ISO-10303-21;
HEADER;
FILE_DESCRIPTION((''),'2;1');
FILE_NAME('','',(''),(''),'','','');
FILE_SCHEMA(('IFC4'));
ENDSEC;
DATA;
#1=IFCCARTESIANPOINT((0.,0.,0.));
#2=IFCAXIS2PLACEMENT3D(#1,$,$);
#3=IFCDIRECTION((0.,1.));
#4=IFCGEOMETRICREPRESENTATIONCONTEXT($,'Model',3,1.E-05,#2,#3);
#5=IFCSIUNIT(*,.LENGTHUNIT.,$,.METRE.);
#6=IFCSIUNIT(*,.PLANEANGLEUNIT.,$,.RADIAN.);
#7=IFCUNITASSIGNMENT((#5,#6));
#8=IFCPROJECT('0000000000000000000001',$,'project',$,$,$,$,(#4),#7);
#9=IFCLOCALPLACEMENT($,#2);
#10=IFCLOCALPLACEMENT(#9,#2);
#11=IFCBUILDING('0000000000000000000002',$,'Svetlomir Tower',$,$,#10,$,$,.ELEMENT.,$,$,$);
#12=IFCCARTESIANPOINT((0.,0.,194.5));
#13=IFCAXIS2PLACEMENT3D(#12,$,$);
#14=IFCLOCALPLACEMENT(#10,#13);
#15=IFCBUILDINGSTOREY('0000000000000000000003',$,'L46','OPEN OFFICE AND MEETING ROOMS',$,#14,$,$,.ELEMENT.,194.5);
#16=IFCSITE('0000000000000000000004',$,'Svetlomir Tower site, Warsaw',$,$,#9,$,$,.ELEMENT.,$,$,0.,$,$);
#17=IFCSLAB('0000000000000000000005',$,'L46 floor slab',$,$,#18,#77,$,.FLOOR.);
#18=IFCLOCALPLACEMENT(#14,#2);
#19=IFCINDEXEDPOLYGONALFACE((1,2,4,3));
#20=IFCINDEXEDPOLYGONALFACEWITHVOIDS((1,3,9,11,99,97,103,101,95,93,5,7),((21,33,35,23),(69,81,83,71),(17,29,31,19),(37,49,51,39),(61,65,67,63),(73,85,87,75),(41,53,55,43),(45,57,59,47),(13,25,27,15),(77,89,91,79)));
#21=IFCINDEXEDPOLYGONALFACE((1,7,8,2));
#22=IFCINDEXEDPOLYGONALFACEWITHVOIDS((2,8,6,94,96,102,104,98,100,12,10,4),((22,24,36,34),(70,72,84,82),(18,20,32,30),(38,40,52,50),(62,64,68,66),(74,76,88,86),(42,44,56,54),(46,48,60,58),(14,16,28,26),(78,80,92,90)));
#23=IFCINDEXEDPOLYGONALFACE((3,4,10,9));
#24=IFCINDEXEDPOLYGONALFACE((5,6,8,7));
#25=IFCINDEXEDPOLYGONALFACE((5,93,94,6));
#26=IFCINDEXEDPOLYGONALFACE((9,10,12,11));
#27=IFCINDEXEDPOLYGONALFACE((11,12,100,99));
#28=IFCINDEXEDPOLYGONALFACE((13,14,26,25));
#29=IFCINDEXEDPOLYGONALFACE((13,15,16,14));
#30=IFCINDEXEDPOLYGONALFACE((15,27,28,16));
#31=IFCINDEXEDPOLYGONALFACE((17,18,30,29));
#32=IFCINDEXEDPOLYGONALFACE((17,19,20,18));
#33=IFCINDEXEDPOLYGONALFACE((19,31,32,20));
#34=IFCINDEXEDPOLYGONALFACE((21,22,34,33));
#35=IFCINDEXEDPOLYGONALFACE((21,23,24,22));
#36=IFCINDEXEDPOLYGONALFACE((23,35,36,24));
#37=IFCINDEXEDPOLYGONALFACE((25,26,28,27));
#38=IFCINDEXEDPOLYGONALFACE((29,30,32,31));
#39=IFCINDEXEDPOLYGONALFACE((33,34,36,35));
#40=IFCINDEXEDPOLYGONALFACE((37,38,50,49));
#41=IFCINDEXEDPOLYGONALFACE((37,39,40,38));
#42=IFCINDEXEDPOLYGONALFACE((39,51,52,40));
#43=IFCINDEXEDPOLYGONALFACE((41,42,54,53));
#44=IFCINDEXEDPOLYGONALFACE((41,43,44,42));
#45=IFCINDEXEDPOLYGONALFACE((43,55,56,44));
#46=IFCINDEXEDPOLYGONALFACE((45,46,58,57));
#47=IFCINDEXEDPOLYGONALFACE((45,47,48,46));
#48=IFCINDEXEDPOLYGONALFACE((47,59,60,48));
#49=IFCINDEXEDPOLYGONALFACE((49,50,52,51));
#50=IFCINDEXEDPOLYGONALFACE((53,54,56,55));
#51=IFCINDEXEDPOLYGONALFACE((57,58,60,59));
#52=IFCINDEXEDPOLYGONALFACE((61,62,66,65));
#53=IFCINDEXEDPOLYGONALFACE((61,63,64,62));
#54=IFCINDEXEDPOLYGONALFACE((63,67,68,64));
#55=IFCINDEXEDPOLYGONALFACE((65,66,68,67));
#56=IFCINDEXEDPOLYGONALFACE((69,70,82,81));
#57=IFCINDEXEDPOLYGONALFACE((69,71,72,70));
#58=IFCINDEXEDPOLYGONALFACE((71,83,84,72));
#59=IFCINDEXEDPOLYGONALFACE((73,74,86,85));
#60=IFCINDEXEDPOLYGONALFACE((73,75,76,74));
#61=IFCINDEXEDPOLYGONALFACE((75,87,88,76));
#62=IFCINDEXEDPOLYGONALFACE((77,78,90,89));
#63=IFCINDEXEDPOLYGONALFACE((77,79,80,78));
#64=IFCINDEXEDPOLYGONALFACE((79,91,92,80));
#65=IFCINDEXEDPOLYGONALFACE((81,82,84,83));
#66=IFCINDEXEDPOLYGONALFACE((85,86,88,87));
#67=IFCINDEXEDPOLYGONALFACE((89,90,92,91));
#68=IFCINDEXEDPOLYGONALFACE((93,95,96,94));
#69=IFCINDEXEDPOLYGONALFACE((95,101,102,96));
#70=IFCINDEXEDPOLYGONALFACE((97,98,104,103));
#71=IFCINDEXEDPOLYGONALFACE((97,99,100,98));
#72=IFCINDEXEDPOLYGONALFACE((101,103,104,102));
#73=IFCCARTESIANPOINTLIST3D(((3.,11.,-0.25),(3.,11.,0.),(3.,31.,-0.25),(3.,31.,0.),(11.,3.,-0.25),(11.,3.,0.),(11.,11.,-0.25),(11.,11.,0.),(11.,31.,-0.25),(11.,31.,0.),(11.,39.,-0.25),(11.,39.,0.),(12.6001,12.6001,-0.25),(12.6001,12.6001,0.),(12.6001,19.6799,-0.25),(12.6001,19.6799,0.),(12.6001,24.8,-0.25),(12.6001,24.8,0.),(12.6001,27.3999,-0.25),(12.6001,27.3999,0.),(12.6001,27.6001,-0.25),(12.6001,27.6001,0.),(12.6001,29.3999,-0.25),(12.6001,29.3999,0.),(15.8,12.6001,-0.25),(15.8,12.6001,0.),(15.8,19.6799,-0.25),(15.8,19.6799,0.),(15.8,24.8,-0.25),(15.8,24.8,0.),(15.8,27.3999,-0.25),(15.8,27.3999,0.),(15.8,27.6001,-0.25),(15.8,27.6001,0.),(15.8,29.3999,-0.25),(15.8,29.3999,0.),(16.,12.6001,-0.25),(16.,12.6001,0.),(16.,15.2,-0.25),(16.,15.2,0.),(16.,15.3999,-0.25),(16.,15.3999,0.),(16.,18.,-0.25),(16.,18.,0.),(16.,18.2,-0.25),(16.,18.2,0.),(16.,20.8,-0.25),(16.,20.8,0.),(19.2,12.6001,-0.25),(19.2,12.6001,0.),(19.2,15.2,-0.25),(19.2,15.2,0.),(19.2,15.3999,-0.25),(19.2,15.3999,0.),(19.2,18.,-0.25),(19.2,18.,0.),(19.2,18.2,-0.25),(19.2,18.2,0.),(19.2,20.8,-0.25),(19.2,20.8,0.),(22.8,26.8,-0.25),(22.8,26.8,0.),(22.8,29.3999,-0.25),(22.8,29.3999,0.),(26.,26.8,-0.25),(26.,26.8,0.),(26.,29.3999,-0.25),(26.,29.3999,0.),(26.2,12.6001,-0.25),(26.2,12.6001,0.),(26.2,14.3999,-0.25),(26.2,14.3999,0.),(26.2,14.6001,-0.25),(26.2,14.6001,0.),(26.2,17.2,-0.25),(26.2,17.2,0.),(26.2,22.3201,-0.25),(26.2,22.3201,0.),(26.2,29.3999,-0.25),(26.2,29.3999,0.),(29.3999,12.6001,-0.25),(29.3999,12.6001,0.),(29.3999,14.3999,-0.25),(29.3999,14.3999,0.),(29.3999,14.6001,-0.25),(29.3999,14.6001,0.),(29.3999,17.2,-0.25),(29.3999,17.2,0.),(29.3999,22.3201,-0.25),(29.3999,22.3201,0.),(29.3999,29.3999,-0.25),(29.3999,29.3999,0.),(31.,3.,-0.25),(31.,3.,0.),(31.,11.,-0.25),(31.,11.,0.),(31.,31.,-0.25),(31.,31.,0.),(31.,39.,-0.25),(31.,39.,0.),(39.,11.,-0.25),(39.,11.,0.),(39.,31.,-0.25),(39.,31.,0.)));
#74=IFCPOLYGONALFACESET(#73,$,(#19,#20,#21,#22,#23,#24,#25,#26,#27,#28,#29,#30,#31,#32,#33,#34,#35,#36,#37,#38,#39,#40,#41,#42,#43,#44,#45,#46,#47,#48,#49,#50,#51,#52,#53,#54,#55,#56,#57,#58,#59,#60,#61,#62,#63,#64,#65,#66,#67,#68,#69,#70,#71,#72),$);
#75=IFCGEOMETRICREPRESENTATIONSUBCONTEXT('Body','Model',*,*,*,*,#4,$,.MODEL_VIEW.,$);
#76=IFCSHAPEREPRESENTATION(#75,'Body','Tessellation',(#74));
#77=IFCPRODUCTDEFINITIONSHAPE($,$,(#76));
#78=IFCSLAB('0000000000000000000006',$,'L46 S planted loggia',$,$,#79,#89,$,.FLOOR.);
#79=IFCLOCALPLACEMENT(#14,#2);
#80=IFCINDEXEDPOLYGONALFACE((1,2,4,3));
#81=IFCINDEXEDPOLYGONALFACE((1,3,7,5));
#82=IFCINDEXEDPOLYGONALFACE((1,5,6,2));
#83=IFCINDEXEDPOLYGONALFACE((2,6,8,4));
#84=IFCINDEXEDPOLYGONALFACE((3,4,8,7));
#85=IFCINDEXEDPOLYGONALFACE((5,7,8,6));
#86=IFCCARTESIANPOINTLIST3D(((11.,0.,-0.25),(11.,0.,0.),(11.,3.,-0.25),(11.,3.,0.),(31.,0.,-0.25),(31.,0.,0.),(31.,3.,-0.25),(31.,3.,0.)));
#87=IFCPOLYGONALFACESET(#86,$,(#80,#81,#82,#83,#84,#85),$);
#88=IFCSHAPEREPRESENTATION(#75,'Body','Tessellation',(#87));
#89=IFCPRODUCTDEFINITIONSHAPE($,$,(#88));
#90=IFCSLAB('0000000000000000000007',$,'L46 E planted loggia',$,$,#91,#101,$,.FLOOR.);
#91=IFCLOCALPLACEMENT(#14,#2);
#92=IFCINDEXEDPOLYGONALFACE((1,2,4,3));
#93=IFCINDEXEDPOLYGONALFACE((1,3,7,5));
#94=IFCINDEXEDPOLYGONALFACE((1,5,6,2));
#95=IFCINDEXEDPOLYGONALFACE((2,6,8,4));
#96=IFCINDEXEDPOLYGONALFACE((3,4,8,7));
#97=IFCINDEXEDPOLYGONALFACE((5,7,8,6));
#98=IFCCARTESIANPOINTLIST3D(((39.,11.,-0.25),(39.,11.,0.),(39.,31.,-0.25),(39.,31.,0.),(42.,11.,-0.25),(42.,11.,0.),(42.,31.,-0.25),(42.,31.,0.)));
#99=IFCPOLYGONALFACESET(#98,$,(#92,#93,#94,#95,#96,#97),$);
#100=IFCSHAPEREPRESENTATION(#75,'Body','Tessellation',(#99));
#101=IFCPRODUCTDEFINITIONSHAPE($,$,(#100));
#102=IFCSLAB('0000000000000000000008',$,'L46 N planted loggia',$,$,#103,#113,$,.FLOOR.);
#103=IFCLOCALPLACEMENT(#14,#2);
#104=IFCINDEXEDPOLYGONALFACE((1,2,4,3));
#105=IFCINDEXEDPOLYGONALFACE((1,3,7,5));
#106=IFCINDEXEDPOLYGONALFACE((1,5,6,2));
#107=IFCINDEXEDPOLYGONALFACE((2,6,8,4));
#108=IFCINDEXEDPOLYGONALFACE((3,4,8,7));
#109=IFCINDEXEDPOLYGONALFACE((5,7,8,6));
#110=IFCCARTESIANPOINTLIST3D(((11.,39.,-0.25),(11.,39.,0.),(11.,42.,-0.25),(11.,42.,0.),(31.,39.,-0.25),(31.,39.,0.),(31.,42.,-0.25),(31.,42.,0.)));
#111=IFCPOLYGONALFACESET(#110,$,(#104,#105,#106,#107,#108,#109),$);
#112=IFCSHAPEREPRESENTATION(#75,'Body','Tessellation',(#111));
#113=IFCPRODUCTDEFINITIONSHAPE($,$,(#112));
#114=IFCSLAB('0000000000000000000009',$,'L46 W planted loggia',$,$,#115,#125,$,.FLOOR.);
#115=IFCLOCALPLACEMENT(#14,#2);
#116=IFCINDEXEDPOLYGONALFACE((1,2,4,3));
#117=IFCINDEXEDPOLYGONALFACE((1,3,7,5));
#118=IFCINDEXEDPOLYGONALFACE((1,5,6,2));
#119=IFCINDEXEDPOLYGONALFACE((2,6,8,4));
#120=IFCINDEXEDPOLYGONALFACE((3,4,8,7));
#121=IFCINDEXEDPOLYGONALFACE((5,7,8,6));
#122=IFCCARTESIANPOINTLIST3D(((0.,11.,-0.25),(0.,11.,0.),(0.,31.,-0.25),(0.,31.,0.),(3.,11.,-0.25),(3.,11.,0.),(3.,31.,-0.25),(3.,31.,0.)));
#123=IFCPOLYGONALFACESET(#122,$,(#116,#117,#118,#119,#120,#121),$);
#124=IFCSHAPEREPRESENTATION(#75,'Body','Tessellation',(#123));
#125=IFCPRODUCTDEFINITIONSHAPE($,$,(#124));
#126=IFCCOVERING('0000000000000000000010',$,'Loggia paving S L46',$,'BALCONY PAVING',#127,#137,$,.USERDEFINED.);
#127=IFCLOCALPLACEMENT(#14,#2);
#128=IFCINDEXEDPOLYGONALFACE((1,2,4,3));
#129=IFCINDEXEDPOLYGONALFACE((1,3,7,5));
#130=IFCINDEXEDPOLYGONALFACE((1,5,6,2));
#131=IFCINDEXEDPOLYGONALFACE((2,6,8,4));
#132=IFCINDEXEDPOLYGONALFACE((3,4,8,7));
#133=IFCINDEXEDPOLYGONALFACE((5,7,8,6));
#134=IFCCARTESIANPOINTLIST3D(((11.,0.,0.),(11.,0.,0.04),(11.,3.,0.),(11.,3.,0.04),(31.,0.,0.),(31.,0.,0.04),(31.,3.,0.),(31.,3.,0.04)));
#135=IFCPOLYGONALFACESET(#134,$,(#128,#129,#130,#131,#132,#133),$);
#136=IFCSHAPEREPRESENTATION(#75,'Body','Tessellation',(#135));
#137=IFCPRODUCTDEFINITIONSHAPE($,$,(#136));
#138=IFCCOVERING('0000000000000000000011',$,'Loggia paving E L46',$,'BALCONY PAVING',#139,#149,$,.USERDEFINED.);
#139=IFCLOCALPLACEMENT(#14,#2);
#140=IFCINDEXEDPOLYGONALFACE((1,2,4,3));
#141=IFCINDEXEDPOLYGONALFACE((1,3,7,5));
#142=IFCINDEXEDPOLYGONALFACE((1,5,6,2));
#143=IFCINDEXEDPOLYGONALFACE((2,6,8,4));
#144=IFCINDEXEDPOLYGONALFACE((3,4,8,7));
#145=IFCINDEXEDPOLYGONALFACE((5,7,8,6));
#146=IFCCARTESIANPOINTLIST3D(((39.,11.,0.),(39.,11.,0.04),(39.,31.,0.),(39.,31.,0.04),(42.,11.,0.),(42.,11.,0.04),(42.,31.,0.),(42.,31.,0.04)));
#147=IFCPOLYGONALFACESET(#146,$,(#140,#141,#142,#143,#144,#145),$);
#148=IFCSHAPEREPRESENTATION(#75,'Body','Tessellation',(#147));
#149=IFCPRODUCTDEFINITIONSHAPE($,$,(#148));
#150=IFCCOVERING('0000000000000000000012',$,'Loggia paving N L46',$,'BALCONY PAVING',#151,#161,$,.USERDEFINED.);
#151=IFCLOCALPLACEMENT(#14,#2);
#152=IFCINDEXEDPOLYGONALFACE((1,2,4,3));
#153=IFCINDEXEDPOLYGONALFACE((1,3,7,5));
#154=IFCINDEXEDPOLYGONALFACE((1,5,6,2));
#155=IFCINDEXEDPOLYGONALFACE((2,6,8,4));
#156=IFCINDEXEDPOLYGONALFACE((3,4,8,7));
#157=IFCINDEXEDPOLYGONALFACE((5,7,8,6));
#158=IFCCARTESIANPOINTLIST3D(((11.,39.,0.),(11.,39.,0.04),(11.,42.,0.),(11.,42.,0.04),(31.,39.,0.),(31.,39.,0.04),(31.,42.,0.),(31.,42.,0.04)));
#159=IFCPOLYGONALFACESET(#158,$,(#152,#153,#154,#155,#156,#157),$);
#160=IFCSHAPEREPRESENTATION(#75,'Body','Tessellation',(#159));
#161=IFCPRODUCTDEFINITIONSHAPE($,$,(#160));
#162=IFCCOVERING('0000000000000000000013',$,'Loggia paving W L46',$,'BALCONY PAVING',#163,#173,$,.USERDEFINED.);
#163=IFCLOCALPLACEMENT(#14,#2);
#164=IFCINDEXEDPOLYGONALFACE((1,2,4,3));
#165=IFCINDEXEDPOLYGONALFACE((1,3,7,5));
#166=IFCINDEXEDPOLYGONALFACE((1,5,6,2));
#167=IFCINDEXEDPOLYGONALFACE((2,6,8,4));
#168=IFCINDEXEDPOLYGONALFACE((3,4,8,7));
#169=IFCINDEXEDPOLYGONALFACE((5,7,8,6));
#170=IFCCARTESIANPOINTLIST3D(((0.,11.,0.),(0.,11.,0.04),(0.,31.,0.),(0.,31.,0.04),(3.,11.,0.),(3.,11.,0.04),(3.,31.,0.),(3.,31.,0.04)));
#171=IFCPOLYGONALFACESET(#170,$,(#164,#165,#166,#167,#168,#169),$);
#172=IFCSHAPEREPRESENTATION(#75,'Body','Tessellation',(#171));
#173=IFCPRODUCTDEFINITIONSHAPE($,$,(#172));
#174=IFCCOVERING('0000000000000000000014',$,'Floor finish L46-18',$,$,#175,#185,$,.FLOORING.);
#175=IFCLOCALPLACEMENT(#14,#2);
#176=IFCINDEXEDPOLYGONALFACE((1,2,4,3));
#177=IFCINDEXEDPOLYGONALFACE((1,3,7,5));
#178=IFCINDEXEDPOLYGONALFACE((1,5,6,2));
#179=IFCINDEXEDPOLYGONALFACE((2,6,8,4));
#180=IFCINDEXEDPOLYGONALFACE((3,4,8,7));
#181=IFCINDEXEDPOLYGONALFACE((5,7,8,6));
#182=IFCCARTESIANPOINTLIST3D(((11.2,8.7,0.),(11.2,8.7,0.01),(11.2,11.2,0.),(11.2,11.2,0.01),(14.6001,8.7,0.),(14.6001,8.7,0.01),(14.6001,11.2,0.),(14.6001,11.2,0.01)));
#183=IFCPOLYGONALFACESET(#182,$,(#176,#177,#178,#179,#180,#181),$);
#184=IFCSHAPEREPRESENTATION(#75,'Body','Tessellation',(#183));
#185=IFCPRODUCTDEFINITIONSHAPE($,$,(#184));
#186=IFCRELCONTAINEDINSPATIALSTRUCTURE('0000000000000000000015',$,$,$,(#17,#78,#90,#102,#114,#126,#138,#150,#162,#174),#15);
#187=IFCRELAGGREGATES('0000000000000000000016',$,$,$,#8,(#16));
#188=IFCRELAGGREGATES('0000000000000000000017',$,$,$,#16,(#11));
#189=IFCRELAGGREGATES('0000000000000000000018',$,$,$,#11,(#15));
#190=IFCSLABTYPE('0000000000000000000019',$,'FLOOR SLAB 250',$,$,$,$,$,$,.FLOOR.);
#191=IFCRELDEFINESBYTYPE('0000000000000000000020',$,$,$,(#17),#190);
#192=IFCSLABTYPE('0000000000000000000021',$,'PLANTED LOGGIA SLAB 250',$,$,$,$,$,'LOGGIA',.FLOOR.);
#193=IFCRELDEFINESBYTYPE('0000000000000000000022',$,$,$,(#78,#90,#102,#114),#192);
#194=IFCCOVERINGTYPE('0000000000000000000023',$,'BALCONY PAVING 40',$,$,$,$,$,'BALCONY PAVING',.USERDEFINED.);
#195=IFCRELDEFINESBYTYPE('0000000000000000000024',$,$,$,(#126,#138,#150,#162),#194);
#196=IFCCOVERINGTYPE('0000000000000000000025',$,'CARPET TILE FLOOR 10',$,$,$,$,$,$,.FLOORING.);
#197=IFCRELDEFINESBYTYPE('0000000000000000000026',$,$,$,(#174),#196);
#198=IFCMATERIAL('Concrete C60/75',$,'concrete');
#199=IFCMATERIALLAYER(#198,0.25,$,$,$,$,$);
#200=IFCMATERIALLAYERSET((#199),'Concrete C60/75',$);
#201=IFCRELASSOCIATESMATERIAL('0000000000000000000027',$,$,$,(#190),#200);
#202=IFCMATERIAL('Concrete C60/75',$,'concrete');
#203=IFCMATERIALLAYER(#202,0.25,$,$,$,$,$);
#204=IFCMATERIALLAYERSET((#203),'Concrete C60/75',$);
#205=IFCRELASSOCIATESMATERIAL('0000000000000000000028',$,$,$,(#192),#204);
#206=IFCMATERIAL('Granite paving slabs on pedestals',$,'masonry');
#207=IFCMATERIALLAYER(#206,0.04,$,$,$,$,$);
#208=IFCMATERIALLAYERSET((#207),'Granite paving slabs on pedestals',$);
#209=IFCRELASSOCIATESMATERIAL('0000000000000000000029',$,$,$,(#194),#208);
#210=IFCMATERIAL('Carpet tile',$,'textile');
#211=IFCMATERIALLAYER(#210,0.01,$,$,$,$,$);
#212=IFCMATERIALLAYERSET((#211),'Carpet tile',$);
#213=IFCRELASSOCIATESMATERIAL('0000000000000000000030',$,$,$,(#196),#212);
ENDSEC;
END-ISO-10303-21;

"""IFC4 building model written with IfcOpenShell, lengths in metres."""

from ifc_helpers import new_model, si_unit, direction, frame, origin, place, context, subcontext, project, spatial, polyline, outline, extrude, material, layer, layer_set, type_object, element, save


model = new_model("IFC4")

# Units and contexts
model_context = context("Model", 3, precision=1e-05, world=origin(), true_north=direction((0.0, 1.0)))
body_context = subcontext(model_context, "Body", "Model", "MODEL_VIEW")
ifc_project = project(units=[si_unit("LENGTHUNIT", "METRE"), si_unit("PLANEANGLEUNIT", "RADIAN")], contexts=[model_context])

# Site, building, storey
site_placement = place(None, origin())
site = spatial("IfcSite", under=ifc_project, at=site_placement, Name="Svetlomir Tower site, Warsaw", CompositionType="ELEMENT", RefElevation=0.0)
building_placement = place(site_placement, origin())
building = spatial("IfcBuilding", under=site, at=building_placement, Name="Svetlomir Tower", CompositionType="ELEMENT")
storey_placement = place(building_placement, frame((0.0, 0.0, 194.5)))
storey = spatial("IfcBuildingStorey", under=building, at=storey_placement, Name="L46", Description="OPEN OFFICE AND MEETING ROOMS", CompositionType="ELEMENT", Elevation=194.5)

# Slabs
ifc_material_1 = material(Name="Concrete C60/75", Category="concrete")
ifc_layer_1 = layer(ifc_material_1, 0.25)
ifc_layer_set_1 = layer_set([ifc_layer_1], Name="Concrete C60/75")
slab_type_1 = type_object("IfcSlabType", Name="FLOOR SLAB 250", PredefinedType="FLOOR", material=ifc_layer_set_1)
slab_1_placement = place(storey_placement, frame((0.0, 0.0, -0.25)))
element("IfcSlab", 1, at=slab_1_placement, inside=storey, type_object=slab_type_1, Name="L46 floor slab", PredefinedType="FLOOR", context=body_context, shape_type="SweptSolid", body=[
    extrude(outline(polyline([(11.0, 3.0), (31.0, 3.0), (31.0, 11.0), (39.0, 11.0), (39.0, 31.0), (31.0, 31.0), (31.0, 39.0), (11.0, 39.0), (11.0, 31.0), (3.0, 31.0), (3.0, 11.0), (11.0, 11.0), (11.0, 3.0)]), holes=[polyline([(12.6001, 24.8), (15.8, 24.8), (15.8, 27.3999), (12.6001, 27.3999), (12.6001, 24.8)]), polyline([(26.2, 14.6001), (29.3999, 14.6001), (29.3999, 17.2), (26.2, 17.2), (26.2, 14.6001)]), polyline([(16.0, 12.6001), (19.2, 12.6001), (19.2, 15.2), (16.0, 15.2), (16.0, 12.6001)]), polyline([(16.0, 15.3999), (19.2, 15.3999), (19.2, 18.0), (16.0, 18.0), (16.0, 15.3999)]), polyline([(16.0, 18.2), (19.2, 18.2), (19.2, 20.8), (16.0, 20.8), (16.0, 18.2)]), polyline([(22.8, 26.8), (26.0, 26.8), (26.0, 29.3999), (22.8, 29.3999), (22.8, 26.8)]), polyline([(12.6001, 27.6001), (15.8, 27.6001), (15.8, 29.3999), (12.6001, 29.3999), (12.6001, 27.6001)]), polyline([(26.2, 12.6001), (29.3999, 12.6001), (29.3999, 14.3999), (26.2, 14.3999), (26.2, 12.6001)]), polyline([(12.6001, 12.6001), (15.8, 12.6001), (15.8, 19.6799), (12.6001, 19.6799), (12.6001, 12.6001)]), polyline([(26.2, 22.3201), (29.3999, 22.3201), (29.3999, 29.3999), (26.2, 29.3999), (26.2, 22.3201)])]), origin(), (0.0, 0.0, 1.0), 0.25),
])
ifc_material_2 = material(Name="Concrete C60/75", Category="concrete")
ifc_layer_2 = layer(ifc_material_2, 0.25)
ifc_layer_set_2 = layer_set([ifc_layer_2], Name="Concrete C60/75")
slab_type_2 = type_object("IfcSlabType", Name="PLANTED LOGGIA SLAB 250", ElementType="LOGGIA", PredefinedType="FLOOR", material=ifc_layer_set_2)
slab_2_placement = place(storey_placement, frame((0.0, 0.0, -0.25)))
element("IfcSlab", 2, at=slab_2_placement, inside=storey, type_object=slab_type_2, Name="L46 S planted loggia", PredefinedType="FLOOR", context=body_context, shape_type="SweptSolid", body=[
    extrude(outline(polyline([(11.0, 0.0), (31.0, 0.0), (31.0, 3.0), (11.0, 3.0), (11.0, 0.0)])), origin(), (0.0, 0.0, 1.0), 0.25),
])
slab_3_placement = place(storey_placement, frame((0.0, 0.0, -0.25)))
element("IfcSlab", 3, at=slab_3_placement, inside=storey, type_object=slab_type_2, Name="L46 E planted loggia", PredefinedType="FLOOR", context=body_context, shape_type="SweptSolid", body=[
    extrude(outline(polyline([(39.0, 11.0), (42.0, 11.0), (42.0, 31.0), (39.0, 31.0), (39.0, 11.0)])), origin(), (0.0, 0.0, 1.0), 0.25),
])
slab_4_placement = place(storey_placement, frame((0.0, 0.0, -0.25)))
element("IfcSlab", 4, at=slab_4_placement, inside=storey, type_object=slab_type_2, Name="L46 N planted loggia", PredefinedType="FLOOR", context=body_context, shape_type="SweptSolid", body=[
    extrude(outline(polyline([(11.0, 39.0), (31.0, 39.0), (31.0, 42.0), (11.0, 42.0), (11.0, 39.0)])), origin(), (0.0, 0.0, 1.0), 0.25),
])
slab_5_placement = place(storey_placement, frame((0.0, 0.0, -0.25)))
element("IfcSlab", 5, at=slab_5_placement, inside=storey, type_object=slab_type_2, Name="L46 W planted loggia", PredefinedType="FLOOR", context=body_context, shape_type="SweptSolid", body=[
    extrude(outline(polyline([(0.0, 11.0), (3.0, 11.0), (3.0, 31.0), (0.0, 31.0), (0.0, 11.0)])), origin(), (0.0, 0.0, 1.0), 0.25),
])

# Coverings
ifc_material_3 = material(Name="Granite paving slabs on pedestals", Category="masonry")
ifc_layer_3 = layer(ifc_material_3, 0.04)
ifc_layer_set_3 = layer_set([ifc_layer_3], Name="Granite paving slabs on pedestals")
covering_type_1 = type_object("IfcCoveringType", Name="BALCONY PAVING 40", ElementType="BALCONY PAVING", PredefinedType="USERDEFINED", material=ifc_layer_set_3)
covering_1_placement = place(storey_placement, origin())
element("IfcCovering", 6, at=covering_1_placement, inside=storey, type_object=covering_type_1, Name="Loggia paving S L46", ObjectType="BALCONY PAVING", PredefinedType="USERDEFINED", context=body_context, shape_type="SweptSolid", body=[
    extrude(outline(polyline([(11.0, 0.0), (31.0, 0.0), (31.0, 3.0), (11.0, 3.0), (11.0, 0.0)])), origin(), (0.0, 0.0, 1.0), 0.04),
])
covering_2_placement = place(storey_placement, origin())
element("IfcCovering", 7, at=covering_2_placement, inside=storey, type_object=covering_type_1, Name="Loggia paving E L46", ObjectType="BALCONY PAVING", PredefinedType="USERDEFINED", context=body_context, shape_type="SweptSolid", body=[
    extrude(outline(polyline([(39.0, 11.0), (42.0, 11.0), (42.0, 31.0), (39.0, 31.0), (39.0, 11.0)])), origin(), (0.0, 0.0, 1.0), 0.04),
])
covering_3_placement = place(storey_placement, origin())
element("IfcCovering", 8, at=covering_3_placement, inside=storey, type_object=covering_type_1, Name="Loggia paving N L46", ObjectType="BALCONY PAVING", PredefinedType="USERDEFINED", context=body_context, shape_type="SweptSolid", body=[
    extrude(outline(polyline([(11.0, 39.0), (31.0, 39.0), (31.0, 42.0), (11.0, 42.0), (11.0, 39.0)])), origin(), (0.0, 0.0, 1.0), 0.04),
])
covering_4_placement = place(storey_placement, origin())
element("IfcCovering", 9, at=covering_4_placement, inside=storey, type_object=covering_type_1, Name="Loggia paving W L46", ObjectType="BALCONY PAVING", PredefinedType="USERDEFINED", context=body_context, shape_type="SweptSolid", body=[
    extrude(outline(polyline([(0.0, 11.0), (3.0, 11.0), (3.0, 31.0), (0.0, 31.0), (0.0, 11.0)])), origin(), (0.0, 0.0, 1.0), 0.04),
])
ifc_material_4 = material(Name="Carpet tile", Category="textile")
ifc_layer_4 = layer(ifc_material_4, 0.01)
ifc_layer_set_4 = layer_set([ifc_layer_4], Name="Carpet tile")
covering_type_2 = type_object("IfcCoveringType", Name="CARPET TILE FLOOR 10", PredefinedType="FLOORING", material=ifc_layer_set_4)
covering_5_placement = place(storey_placement, origin())
element("IfcCovering", 10, at=covering_5_placement, inside=storey, type_object=covering_type_2, Name="Floor finish L46-18", PredefinedType="FLOORING", context=body_context, shape_type="SweptSolid", body=[
    extrude(outline(polyline([(11.2, 8.7), (14.6001, 8.7), (14.6001, 11.2), (11.2, 11.2), (11.2, 8.7)])), origin(), (0.0, 0.0, 1.0), 0.01),
])

save(model, "model.ifc")
